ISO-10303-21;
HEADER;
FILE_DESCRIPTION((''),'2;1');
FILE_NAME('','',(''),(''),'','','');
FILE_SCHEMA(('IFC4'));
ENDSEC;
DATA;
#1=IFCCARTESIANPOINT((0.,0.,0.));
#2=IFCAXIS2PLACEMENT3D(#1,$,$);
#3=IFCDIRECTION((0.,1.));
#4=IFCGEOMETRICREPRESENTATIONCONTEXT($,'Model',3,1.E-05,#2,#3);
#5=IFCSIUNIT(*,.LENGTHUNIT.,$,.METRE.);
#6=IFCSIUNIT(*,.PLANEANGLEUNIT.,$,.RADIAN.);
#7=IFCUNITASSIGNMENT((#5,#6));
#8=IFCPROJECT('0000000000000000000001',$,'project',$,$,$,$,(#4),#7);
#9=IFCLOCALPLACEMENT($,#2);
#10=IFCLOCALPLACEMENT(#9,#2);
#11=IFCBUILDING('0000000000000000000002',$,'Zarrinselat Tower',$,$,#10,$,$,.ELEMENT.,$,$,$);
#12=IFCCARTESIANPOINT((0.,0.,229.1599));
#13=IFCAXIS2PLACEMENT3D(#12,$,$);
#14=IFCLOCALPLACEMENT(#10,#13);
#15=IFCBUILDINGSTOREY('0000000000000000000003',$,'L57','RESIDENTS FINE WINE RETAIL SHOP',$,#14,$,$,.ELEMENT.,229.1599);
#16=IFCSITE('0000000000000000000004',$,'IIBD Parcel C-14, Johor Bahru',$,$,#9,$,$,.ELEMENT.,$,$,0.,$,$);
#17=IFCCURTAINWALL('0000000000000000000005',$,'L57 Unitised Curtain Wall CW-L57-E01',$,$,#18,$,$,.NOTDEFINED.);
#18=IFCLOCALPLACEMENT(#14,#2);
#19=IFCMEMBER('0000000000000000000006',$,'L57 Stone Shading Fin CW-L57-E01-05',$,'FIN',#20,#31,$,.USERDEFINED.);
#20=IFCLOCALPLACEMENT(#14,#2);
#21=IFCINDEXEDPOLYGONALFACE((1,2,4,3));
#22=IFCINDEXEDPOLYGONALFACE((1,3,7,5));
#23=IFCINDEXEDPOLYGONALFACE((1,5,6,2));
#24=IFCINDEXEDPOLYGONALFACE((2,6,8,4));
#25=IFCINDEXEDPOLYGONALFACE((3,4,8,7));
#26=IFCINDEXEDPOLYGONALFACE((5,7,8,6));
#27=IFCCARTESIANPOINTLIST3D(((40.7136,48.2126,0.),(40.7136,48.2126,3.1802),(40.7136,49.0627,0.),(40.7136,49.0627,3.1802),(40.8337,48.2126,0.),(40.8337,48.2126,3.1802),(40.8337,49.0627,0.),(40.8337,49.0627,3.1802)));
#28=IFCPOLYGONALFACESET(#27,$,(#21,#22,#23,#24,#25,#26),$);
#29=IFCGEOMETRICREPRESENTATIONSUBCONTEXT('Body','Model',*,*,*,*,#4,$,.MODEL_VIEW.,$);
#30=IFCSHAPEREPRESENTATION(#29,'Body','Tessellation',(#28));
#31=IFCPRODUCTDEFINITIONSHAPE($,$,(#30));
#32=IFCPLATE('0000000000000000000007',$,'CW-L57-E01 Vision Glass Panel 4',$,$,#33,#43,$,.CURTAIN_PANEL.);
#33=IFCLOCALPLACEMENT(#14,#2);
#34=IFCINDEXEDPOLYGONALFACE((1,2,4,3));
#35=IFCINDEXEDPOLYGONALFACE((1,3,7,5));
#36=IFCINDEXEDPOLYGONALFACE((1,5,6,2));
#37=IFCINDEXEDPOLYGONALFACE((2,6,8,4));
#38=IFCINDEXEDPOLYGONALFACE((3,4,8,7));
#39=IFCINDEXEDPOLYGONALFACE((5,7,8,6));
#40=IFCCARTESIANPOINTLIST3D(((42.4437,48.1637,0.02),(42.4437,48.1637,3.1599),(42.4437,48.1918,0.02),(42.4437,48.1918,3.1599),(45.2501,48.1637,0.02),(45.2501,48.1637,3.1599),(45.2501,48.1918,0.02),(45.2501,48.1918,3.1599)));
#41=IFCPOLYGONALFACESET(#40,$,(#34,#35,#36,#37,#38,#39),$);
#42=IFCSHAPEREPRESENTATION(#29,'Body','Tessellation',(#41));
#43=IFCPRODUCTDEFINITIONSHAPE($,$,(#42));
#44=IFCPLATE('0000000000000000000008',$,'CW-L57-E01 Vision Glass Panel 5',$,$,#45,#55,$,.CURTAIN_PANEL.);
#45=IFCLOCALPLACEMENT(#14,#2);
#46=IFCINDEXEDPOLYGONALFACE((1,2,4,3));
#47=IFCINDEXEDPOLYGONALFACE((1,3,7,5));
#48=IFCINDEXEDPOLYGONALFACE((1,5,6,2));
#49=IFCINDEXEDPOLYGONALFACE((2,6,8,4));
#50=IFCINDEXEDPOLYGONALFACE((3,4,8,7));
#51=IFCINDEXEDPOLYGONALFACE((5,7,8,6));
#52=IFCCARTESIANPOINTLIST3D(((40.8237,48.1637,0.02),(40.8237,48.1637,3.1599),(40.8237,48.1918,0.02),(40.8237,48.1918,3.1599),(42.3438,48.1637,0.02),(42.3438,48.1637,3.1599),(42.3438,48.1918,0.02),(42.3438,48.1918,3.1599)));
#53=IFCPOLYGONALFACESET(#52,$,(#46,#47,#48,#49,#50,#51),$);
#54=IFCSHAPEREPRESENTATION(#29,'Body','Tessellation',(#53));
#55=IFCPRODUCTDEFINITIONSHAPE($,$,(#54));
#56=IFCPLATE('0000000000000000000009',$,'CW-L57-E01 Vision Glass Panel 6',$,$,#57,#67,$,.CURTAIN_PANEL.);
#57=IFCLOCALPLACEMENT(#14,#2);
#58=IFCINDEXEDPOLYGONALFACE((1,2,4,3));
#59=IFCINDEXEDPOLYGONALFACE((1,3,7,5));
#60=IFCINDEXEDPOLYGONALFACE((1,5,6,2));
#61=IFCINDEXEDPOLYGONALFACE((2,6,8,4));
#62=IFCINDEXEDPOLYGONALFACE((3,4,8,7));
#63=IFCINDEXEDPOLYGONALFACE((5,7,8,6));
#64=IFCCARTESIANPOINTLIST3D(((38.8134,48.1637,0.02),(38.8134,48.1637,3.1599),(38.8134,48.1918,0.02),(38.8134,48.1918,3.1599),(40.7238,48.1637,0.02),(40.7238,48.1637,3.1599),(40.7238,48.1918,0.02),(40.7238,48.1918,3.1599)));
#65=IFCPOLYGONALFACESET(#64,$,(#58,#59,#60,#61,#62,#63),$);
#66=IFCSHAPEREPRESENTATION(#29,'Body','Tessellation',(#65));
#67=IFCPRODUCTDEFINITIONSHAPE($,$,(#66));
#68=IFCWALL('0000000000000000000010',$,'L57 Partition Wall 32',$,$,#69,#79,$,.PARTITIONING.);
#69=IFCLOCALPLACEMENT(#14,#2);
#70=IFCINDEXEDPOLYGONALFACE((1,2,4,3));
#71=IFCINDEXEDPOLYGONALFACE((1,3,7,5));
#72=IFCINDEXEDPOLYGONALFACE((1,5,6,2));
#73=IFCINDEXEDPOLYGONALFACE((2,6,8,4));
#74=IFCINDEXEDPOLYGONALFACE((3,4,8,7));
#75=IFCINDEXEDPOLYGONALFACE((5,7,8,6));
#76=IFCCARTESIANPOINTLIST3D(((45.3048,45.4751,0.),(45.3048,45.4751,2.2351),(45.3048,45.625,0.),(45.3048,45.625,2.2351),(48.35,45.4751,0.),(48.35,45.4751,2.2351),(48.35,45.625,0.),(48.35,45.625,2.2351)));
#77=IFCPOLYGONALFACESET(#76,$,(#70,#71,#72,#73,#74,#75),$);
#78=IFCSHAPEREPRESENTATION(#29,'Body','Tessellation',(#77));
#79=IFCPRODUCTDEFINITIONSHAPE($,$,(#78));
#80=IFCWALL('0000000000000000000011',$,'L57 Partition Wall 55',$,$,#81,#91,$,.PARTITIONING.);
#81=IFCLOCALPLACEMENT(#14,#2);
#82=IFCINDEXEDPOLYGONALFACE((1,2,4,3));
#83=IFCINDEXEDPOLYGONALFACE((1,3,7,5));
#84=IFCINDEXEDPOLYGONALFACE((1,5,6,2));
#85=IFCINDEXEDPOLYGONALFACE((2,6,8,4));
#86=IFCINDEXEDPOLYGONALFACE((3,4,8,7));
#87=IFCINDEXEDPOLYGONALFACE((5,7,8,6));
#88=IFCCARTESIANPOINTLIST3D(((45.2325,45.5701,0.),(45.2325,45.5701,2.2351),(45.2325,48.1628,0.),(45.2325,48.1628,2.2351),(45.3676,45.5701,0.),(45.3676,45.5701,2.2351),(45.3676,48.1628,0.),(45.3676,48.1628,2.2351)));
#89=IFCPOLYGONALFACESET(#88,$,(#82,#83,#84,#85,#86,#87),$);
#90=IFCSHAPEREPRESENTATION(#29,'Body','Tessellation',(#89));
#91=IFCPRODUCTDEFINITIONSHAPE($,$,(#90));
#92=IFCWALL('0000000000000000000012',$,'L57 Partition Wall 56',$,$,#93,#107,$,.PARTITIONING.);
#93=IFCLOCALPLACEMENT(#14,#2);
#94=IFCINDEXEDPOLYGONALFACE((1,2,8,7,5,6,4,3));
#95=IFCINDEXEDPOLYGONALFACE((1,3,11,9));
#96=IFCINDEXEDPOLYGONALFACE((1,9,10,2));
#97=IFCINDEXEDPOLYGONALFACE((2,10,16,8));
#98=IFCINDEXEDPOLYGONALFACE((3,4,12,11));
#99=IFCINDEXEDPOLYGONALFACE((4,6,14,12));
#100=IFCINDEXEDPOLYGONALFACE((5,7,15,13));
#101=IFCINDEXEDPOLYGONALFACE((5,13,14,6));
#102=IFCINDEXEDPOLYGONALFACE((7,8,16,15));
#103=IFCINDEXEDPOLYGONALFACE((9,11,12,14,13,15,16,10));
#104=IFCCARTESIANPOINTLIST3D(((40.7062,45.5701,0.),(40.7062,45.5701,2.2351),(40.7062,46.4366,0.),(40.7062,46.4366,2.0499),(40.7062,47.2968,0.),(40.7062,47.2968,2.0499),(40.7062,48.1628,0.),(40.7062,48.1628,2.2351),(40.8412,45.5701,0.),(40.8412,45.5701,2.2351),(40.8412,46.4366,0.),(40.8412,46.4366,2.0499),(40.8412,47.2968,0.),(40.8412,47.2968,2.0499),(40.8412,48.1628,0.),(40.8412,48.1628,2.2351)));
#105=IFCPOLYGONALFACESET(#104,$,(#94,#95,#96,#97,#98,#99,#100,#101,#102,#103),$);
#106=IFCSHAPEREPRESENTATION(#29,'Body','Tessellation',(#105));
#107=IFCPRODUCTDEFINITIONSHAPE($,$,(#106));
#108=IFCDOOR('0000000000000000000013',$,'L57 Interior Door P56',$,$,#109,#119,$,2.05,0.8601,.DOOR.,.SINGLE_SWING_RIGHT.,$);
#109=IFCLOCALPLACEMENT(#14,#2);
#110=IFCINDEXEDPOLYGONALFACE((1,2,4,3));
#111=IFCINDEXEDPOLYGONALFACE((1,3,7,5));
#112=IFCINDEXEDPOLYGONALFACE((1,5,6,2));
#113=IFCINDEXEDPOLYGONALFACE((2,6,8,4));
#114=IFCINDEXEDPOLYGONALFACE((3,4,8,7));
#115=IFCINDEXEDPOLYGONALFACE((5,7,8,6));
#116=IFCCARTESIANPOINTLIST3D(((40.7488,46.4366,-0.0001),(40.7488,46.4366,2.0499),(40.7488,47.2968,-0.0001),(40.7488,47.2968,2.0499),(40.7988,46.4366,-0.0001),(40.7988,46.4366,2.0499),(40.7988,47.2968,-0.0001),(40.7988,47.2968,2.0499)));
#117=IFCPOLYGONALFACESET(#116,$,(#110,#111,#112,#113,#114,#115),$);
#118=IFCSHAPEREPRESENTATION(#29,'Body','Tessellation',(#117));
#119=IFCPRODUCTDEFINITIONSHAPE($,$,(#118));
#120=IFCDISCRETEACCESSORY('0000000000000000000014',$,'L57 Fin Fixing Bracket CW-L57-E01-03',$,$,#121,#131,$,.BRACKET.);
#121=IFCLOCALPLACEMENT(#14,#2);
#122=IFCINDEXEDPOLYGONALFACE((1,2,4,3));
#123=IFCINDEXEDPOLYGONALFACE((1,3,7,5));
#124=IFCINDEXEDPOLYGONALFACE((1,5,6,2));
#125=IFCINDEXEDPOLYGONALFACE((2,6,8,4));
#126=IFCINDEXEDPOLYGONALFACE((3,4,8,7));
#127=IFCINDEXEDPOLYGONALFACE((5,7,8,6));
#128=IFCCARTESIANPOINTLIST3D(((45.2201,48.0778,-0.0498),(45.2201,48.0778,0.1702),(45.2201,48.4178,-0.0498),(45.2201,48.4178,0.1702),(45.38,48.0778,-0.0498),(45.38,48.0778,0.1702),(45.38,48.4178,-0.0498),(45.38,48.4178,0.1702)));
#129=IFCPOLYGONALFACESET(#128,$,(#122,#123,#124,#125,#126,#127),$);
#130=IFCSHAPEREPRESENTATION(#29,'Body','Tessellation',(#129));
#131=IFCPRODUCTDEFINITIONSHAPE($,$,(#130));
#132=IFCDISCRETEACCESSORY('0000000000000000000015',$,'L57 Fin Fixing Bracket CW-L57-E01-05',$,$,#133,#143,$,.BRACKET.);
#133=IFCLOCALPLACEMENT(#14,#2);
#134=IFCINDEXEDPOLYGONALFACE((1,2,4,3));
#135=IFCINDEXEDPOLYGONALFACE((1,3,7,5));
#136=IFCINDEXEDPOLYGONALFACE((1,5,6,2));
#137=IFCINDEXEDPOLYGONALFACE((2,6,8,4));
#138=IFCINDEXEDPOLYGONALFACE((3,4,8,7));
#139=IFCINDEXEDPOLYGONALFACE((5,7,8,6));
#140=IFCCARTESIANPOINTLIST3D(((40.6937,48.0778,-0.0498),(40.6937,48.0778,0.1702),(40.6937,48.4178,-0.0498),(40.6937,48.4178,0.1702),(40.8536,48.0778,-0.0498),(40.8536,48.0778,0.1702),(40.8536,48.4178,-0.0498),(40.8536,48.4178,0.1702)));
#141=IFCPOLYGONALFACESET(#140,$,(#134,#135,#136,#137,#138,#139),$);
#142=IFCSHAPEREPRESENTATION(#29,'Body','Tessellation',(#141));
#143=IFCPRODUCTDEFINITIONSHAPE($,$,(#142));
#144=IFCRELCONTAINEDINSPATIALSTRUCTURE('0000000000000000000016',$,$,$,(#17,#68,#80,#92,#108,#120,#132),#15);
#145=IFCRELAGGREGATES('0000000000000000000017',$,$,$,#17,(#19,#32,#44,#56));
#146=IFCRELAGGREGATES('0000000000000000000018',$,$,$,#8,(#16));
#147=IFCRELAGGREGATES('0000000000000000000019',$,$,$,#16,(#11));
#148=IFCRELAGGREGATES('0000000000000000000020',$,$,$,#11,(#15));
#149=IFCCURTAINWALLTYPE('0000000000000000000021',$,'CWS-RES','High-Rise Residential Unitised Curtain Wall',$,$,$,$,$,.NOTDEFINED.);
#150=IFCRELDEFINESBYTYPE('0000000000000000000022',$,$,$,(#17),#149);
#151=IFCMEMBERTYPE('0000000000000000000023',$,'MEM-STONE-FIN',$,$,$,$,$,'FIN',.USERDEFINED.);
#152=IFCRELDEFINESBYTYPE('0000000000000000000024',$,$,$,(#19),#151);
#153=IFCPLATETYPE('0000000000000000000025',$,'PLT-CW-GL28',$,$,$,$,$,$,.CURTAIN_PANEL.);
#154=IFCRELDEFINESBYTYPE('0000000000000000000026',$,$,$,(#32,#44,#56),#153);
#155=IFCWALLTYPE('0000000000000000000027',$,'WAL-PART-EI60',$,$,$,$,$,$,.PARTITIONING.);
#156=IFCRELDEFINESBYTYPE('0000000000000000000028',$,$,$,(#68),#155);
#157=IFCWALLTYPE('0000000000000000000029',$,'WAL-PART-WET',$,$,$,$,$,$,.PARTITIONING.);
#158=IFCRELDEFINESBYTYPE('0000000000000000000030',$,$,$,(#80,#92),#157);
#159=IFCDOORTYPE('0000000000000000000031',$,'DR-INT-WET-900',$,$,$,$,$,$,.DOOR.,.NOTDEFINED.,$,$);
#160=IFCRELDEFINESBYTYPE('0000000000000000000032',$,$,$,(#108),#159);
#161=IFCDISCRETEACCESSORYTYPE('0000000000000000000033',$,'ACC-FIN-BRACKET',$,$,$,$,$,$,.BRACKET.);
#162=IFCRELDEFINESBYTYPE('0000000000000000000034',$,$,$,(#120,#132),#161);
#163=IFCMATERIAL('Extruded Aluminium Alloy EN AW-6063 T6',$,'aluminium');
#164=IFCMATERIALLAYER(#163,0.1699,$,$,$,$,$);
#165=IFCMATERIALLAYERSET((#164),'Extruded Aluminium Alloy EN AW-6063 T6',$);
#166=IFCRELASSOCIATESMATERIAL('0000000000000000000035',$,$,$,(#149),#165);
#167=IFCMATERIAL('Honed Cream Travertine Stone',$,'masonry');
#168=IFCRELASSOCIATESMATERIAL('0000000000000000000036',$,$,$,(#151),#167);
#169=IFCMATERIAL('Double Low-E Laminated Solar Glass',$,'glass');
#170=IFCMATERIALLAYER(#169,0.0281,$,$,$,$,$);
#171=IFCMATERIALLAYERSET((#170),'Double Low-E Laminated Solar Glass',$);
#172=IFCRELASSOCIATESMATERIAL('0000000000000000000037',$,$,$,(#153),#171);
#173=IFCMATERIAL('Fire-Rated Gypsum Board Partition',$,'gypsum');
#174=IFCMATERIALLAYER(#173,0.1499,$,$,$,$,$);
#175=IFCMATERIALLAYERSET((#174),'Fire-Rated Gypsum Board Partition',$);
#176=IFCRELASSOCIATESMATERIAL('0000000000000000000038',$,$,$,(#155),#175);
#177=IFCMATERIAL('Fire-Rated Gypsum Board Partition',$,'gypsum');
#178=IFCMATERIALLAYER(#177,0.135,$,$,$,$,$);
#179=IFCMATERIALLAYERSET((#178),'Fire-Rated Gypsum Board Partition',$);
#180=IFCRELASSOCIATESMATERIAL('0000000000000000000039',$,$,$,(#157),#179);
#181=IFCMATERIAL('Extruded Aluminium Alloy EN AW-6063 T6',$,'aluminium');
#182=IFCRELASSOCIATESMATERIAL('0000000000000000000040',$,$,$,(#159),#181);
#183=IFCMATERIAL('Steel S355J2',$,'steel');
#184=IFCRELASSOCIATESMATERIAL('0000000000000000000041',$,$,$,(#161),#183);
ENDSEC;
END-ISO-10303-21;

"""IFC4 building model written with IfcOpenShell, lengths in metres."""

from ifc_helpers import new_model, si_unit, direction, frame, frame_2d, origin, origin_2d, place, context, subcontext, project, spatial, rectangle, extrude, material, layer, layer_set, material_profile, profile_set, type_object, element, fill, aggregate, save


model = new_model("IFC4")

# Units and contexts
model_context = context("Model", 3, precision=1e-05, world=origin(), true_north=direction((0.0, 1.0)))
body_context = subcontext(model_context, "Body", "Model", "MODEL_VIEW")
ifc_project = project(units=[si_unit("LENGTHUNIT", "METRE"), si_unit("PLANEANGLEUNIT", "RADIAN")], contexts=[model_context])

# Site, building, storey
site_placement = place(None, origin())
site = spatial("IfcSite", under=ifc_project, at=site_placement, Name="IIBD Parcel C-14, Johor Bahru", CompositionType="ELEMENT", RefElevation=0.0)
building_placement = place(site_placement, origin())
building = spatial("IfcBuilding", under=site, at=building_placement, Name="Zarrinselat Tower", CompositionType="ELEMENT")
storey_placement = place(building_placement, frame((0.0, 0.0, 229.1599)))
storey = spatial("IfcBuildingStorey", under=building, at=storey_placement, Name="L57", Description="RESIDENTS FINE WINE RETAIL SHOP", CompositionType="ELEMENT", Elevation=229.1599)

# Curtain wall, member, plates
ifc_material_1 = material(Name="Extruded Aluminium Alloy EN AW-6063 T6", Category="aluminium")
ifc_layer_1 = layer(ifc_material_1, 0.1699)
ifc_layer_set_1 = layer_set([ifc_layer_1], Name="Extruded Aluminium Alloy EN AW-6063 T6")
curtain_wall_type = type_object("IfcCurtainWallType", Name="CWS-RES", Description="High-Rise Residential Unitised Curtain Wall", PredefinedType="NOTDEFINED", material=ifc_layer_set_1)
curtain_wall_placement = place(storey_placement, origin())
curtain_wall = element("IfcCurtainWall", 1, at=curtain_wall_placement, inside=storey, type_object=curtain_wall_type, Name="L57 Unitised Curtain Wall CW-L57-E01", PredefinedType="NOTDEFINED")
ifc_material_2 = material(Name="Honed Cream Travertine Stone", Category="masonry")
ifc_material_profile_1 = material_profile(ifc_material_2, rectangle(XDim=0.1201, YDim=0.8501, at=origin_2d()), Name="FIN 850x120")
ifc_profile_set_1 = profile_set([ifc_material_profile_1], Name="Honed Cream Travertine Stone")
member_type_1 = type_object("IfcMemberType", Name="MEM-STONE-FIN", ElementType="FIN", PredefinedType="USERDEFINED", material=ifc_profile_set_1)
member_1_placement = place(storey_placement, frame((40.7737, 48.6377, 0.0), z_axis=(0.0, 0.0, 1.0), x_axis=(1.0, 0.0, 0.0)))
member_1 = element("IfcMember", 2, at=member_1_placement, type_object=member_type_1, Name="L57 Stone Shading Fin CW-L57-E01-05", ObjectType="FIN", PredefinedType="USERDEFINED", context=body_context, shape_type="SweptSolid", body=[
    extrude(rectangle(XDim=0.1201, YDim=0.8501, at=origin_2d()), origin(), (0.0, 0.0, 1.0), 3.1802),
])
ifc_material_3 = material(Name="Double Low-E Laminated Solar Glass", Category="glass")
ifc_layer_2 = layer(ifc_material_3, 0.0281)
ifc_layer_set_2 = layer_set([ifc_layer_2], Name="Double Low-E Laminated Solar Glass")
plate_type = type_object("IfcPlateType", Name="PLT-CW-GL28", PredefinedType="CURTAIN_PANEL", material=ifc_layer_set_2)
plate_1_placement = place(storey_placement, frame((43.8469, 48.1777, 0.02), z_axis=(0.0, 0.0, 1.0), x_axis=(-1.0, 0.0, 0.0)))
plate_1 = element("IfcPlate", 3, at=plate_1_placement, type_object=plate_type, Name="CW-L57-E01 Vision Glass Panel 4", PredefinedType="CURTAIN_PANEL", context=body_context, shape_type="SweptSolid", body=[
    extrude(rectangle(XDim=2.8064, YDim=0.0281, at=origin_2d()), origin(), (0.0, 0.0, 1.0), 3.1399),
])
plate_2_placement = place(storey_placement, frame((41.5837, 48.1777, 0.02), z_axis=(0.0, 0.0, 1.0), x_axis=(-1.0, 0.0, 0.0)))
plate_2 = element("IfcPlate", 4, at=plate_2_placement, type_object=plate_type, Name="CW-L57-E01 Vision Glass Panel 5", PredefinedType="CURTAIN_PANEL", context=body_context, shape_type="SweptSolid", body=[
    extrude(rectangle(XDim=1.52, YDim=0.0281, at=origin_2d()), origin(), (0.0, 0.0, 1.0), 3.1399),
])
plate_3_placement = place(storey_placement, frame((39.7686, 48.1777, 0.02), z_axis=(0.0, 0.0, 1.0), x_axis=(-1.0, 0.0, 0.0)))
plate_3 = element("IfcPlate", 5, at=plate_3_placement, type_object=plate_type, Name="CW-L57-E01 Vision Glass Panel 6", PredefinedType="CURTAIN_PANEL", context=body_context, shape_type="SweptSolid", body=[
    extrude(rectangle(XDim=1.9104, YDim=0.0281, at=origin_2d()), origin(), (0.0, 0.0, 1.0), 3.1399),
])
aggregate(curtain_wall, [member_1, plate_1, plate_2, plate_3])

# Walls
ifc_material_4 = material(Name="Fire-Rated Gypsum Board Partition", Category="gypsum")
ifc_layer_3 = layer(ifc_material_4, 0.1499)
ifc_layer_set_3 = layer_set([ifc_layer_3], Name="Fire-Rated Gypsum Board Partition")
wall_type_1 = type_object("IfcWallType", Name="WAL-PART-EI60", PredefinedType="PARTITIONING", material=ifc_layer_set_3)
wall_1_placement = place(storey_placement, frame((45.3049, 45.55, 0.0), z_axis=(0.0, 0.0, 1.0), x_axis=(1.0, 0.0, 0.0)))
element("IfcWall", 6, at=wall_1_placement, inside=storey, type_object=wall_type_1, Name="L57 Partition Wall 32", PredefinedType="PARTITIONING", context=body_context, shape_type="SweptSolid", body=[
    extrude(rectangle(XDim=3.0452, YDim=0.1499, at=frame_2d((1.5225, 0.0))), origin(), (0.0, 0.0, 1.0), 2.2351),
])
ifc_material_5 = material(Name="Fire-Rated Gypsum Board Partition", Category="gypsum")
ifc_layer_4 = layer(ifc_material_5, 0.135)
ifc_layer_set_4 = layer_set([ifc_layer_4], Name="Fire-Rated Gypsum Board Partition")
wall_type_2 = type_object("IfcWallType", Name="WAL-PART-WET", PredefinedType="PARTITIONING", material=ifc_layer_set_4)
wall_2_placement = place(storey_placement, frame((45.3, 45.5701, 0.0), z_axis=(0.0, 0.0, 1.0), x_axis=(0.0, 1.0, 0.0)))
element("IfcWall", 7, at=wall_2_placement, inside=storey, type_object=wall_type_2, Name="L57 Partition Wall 55", PredefinedType="PARTITIONING", context=body_context, shape_type="SweptSolid", body=[
    extrude(rectangle(XDim=2.5928, YDim=0.135, at=frame_2d((1.2964, 0.0))), origin(), (0.0, 0.0, 1.0), 2.2351),
])

# Wall, opening, door
wall_3_placement = place(storey_placement, frame((40.7737, 45.5701, 0.0), z_axis=(0.0, 0.0, 1.0), x_axis=(0.0, 1.0, 0.0)))
wall_3 = element("IfcWall", 8, at=wall_3_placement, inside=storey, type_object=wall_type_2, Name="L57 Partition Wall 56", PredefinedType="PARTITIONING", context=body_context, shape_type="SweptSolid", body=[
    extrude(rectangle(XDim=2.5928, YDim=0.135, at=frame_2d((1.2964, 0.0))), origin(), (0.0, 0.0, 1.0), 2.2351),
])
opening_placement = place(wall_3_placement, frame((0.8665, 0.0, 0.0)))
opening = element("IfcOpeningElement", 9, at=opening_placement, cuts=wall_3, PredefinedType="OPENING", context=body_context, shape_type="SweptSolid", body=[
    extrude(rectangle(XDim=0.8601, YDim=2.05, at=frame_2d((0.4302, 1.0249))), frame((0.0, 0.0774, 0.0), z_axis=(0.0, -1.0, 0.0), x_axis=(1.0, 0.0, 0.0)), (0.0, 0.0, 1.0), 0.155),
])
ifc_material_6 = material(Name="Extruded Aluminium Alloy EN AW-6063 T6", Category="aluminium")
door_type = type_object("IfcDoorType", Name="DR-INT-WET-900", OperationType="NOTDEFINED", PredefinedType="DOOR", material=ifc_material_6)
door_placement = place(opening_placement, origin())
door = element("IfcDoor", 10, at=door_placement, inside=storey, type_object=door_type, Name="L57 Interior Door P56", OperationType="SINGLE_SWING_RIGHT", OverallHeight=2.05, OverallWidth=0.8601, PredefinedType="DOOR", context=body_context, shape_type="SweptSolid", body=[
    extrude(rectangle(XDim=0.8601, YDim=2.05, at=frame_2d((0.4302, 1.0249))), frame((0.0, 0.0249, 0.0), z_axis=(0.0, -1.0, 0.0), x_axis=(1.0, 0.0, 0.0)), (0.0, 0.0, 1.0), 0.05),
])
fill(opening, door)

# Discrete accessories
ifc_material_7 = material(Name="Steel S355J2", Category="steel")
discrete_accessory_type = type_object("IfcDiscreteAccessoryType", Name="ACC-FIN-BRACKET", PredefinedType="BRACKET", material=ifc_material_7)
for number, where, z_axis, x_axis, name in (
    (11, (45.3, 48.2478, -0.0498), (0.0, 0.0, 1.0), (0.0, 1.0, 0.0), "L57 Fin Fixing Bracket CW-L57-E01-03"),
    (12, (40.7737, 48.2478, -0.0498), (0.0, 0.0, 1.0), (0.0, 1.0, 0.0), "L57 Fin Fixing Bracket CW-L57-E01-05"),
):
    element("IfcDiscreteAccessory", number, at=place(storey_placement, frame(where, z_axis=z_axis, x_axis=x_axis)), inside=storey, type_object=discrete_accessory_type, Name=name, PredefinedType="BRACKET", context=body_context, shape_type="SweptSolid", body=[
        extrude(rectangle(XDim=0.3401, YDim=0.1599, at=origin_2d()), origin(), (0.0, 0.0, 1.0), 0.22),
    ])

save(model, "model.ifc")
